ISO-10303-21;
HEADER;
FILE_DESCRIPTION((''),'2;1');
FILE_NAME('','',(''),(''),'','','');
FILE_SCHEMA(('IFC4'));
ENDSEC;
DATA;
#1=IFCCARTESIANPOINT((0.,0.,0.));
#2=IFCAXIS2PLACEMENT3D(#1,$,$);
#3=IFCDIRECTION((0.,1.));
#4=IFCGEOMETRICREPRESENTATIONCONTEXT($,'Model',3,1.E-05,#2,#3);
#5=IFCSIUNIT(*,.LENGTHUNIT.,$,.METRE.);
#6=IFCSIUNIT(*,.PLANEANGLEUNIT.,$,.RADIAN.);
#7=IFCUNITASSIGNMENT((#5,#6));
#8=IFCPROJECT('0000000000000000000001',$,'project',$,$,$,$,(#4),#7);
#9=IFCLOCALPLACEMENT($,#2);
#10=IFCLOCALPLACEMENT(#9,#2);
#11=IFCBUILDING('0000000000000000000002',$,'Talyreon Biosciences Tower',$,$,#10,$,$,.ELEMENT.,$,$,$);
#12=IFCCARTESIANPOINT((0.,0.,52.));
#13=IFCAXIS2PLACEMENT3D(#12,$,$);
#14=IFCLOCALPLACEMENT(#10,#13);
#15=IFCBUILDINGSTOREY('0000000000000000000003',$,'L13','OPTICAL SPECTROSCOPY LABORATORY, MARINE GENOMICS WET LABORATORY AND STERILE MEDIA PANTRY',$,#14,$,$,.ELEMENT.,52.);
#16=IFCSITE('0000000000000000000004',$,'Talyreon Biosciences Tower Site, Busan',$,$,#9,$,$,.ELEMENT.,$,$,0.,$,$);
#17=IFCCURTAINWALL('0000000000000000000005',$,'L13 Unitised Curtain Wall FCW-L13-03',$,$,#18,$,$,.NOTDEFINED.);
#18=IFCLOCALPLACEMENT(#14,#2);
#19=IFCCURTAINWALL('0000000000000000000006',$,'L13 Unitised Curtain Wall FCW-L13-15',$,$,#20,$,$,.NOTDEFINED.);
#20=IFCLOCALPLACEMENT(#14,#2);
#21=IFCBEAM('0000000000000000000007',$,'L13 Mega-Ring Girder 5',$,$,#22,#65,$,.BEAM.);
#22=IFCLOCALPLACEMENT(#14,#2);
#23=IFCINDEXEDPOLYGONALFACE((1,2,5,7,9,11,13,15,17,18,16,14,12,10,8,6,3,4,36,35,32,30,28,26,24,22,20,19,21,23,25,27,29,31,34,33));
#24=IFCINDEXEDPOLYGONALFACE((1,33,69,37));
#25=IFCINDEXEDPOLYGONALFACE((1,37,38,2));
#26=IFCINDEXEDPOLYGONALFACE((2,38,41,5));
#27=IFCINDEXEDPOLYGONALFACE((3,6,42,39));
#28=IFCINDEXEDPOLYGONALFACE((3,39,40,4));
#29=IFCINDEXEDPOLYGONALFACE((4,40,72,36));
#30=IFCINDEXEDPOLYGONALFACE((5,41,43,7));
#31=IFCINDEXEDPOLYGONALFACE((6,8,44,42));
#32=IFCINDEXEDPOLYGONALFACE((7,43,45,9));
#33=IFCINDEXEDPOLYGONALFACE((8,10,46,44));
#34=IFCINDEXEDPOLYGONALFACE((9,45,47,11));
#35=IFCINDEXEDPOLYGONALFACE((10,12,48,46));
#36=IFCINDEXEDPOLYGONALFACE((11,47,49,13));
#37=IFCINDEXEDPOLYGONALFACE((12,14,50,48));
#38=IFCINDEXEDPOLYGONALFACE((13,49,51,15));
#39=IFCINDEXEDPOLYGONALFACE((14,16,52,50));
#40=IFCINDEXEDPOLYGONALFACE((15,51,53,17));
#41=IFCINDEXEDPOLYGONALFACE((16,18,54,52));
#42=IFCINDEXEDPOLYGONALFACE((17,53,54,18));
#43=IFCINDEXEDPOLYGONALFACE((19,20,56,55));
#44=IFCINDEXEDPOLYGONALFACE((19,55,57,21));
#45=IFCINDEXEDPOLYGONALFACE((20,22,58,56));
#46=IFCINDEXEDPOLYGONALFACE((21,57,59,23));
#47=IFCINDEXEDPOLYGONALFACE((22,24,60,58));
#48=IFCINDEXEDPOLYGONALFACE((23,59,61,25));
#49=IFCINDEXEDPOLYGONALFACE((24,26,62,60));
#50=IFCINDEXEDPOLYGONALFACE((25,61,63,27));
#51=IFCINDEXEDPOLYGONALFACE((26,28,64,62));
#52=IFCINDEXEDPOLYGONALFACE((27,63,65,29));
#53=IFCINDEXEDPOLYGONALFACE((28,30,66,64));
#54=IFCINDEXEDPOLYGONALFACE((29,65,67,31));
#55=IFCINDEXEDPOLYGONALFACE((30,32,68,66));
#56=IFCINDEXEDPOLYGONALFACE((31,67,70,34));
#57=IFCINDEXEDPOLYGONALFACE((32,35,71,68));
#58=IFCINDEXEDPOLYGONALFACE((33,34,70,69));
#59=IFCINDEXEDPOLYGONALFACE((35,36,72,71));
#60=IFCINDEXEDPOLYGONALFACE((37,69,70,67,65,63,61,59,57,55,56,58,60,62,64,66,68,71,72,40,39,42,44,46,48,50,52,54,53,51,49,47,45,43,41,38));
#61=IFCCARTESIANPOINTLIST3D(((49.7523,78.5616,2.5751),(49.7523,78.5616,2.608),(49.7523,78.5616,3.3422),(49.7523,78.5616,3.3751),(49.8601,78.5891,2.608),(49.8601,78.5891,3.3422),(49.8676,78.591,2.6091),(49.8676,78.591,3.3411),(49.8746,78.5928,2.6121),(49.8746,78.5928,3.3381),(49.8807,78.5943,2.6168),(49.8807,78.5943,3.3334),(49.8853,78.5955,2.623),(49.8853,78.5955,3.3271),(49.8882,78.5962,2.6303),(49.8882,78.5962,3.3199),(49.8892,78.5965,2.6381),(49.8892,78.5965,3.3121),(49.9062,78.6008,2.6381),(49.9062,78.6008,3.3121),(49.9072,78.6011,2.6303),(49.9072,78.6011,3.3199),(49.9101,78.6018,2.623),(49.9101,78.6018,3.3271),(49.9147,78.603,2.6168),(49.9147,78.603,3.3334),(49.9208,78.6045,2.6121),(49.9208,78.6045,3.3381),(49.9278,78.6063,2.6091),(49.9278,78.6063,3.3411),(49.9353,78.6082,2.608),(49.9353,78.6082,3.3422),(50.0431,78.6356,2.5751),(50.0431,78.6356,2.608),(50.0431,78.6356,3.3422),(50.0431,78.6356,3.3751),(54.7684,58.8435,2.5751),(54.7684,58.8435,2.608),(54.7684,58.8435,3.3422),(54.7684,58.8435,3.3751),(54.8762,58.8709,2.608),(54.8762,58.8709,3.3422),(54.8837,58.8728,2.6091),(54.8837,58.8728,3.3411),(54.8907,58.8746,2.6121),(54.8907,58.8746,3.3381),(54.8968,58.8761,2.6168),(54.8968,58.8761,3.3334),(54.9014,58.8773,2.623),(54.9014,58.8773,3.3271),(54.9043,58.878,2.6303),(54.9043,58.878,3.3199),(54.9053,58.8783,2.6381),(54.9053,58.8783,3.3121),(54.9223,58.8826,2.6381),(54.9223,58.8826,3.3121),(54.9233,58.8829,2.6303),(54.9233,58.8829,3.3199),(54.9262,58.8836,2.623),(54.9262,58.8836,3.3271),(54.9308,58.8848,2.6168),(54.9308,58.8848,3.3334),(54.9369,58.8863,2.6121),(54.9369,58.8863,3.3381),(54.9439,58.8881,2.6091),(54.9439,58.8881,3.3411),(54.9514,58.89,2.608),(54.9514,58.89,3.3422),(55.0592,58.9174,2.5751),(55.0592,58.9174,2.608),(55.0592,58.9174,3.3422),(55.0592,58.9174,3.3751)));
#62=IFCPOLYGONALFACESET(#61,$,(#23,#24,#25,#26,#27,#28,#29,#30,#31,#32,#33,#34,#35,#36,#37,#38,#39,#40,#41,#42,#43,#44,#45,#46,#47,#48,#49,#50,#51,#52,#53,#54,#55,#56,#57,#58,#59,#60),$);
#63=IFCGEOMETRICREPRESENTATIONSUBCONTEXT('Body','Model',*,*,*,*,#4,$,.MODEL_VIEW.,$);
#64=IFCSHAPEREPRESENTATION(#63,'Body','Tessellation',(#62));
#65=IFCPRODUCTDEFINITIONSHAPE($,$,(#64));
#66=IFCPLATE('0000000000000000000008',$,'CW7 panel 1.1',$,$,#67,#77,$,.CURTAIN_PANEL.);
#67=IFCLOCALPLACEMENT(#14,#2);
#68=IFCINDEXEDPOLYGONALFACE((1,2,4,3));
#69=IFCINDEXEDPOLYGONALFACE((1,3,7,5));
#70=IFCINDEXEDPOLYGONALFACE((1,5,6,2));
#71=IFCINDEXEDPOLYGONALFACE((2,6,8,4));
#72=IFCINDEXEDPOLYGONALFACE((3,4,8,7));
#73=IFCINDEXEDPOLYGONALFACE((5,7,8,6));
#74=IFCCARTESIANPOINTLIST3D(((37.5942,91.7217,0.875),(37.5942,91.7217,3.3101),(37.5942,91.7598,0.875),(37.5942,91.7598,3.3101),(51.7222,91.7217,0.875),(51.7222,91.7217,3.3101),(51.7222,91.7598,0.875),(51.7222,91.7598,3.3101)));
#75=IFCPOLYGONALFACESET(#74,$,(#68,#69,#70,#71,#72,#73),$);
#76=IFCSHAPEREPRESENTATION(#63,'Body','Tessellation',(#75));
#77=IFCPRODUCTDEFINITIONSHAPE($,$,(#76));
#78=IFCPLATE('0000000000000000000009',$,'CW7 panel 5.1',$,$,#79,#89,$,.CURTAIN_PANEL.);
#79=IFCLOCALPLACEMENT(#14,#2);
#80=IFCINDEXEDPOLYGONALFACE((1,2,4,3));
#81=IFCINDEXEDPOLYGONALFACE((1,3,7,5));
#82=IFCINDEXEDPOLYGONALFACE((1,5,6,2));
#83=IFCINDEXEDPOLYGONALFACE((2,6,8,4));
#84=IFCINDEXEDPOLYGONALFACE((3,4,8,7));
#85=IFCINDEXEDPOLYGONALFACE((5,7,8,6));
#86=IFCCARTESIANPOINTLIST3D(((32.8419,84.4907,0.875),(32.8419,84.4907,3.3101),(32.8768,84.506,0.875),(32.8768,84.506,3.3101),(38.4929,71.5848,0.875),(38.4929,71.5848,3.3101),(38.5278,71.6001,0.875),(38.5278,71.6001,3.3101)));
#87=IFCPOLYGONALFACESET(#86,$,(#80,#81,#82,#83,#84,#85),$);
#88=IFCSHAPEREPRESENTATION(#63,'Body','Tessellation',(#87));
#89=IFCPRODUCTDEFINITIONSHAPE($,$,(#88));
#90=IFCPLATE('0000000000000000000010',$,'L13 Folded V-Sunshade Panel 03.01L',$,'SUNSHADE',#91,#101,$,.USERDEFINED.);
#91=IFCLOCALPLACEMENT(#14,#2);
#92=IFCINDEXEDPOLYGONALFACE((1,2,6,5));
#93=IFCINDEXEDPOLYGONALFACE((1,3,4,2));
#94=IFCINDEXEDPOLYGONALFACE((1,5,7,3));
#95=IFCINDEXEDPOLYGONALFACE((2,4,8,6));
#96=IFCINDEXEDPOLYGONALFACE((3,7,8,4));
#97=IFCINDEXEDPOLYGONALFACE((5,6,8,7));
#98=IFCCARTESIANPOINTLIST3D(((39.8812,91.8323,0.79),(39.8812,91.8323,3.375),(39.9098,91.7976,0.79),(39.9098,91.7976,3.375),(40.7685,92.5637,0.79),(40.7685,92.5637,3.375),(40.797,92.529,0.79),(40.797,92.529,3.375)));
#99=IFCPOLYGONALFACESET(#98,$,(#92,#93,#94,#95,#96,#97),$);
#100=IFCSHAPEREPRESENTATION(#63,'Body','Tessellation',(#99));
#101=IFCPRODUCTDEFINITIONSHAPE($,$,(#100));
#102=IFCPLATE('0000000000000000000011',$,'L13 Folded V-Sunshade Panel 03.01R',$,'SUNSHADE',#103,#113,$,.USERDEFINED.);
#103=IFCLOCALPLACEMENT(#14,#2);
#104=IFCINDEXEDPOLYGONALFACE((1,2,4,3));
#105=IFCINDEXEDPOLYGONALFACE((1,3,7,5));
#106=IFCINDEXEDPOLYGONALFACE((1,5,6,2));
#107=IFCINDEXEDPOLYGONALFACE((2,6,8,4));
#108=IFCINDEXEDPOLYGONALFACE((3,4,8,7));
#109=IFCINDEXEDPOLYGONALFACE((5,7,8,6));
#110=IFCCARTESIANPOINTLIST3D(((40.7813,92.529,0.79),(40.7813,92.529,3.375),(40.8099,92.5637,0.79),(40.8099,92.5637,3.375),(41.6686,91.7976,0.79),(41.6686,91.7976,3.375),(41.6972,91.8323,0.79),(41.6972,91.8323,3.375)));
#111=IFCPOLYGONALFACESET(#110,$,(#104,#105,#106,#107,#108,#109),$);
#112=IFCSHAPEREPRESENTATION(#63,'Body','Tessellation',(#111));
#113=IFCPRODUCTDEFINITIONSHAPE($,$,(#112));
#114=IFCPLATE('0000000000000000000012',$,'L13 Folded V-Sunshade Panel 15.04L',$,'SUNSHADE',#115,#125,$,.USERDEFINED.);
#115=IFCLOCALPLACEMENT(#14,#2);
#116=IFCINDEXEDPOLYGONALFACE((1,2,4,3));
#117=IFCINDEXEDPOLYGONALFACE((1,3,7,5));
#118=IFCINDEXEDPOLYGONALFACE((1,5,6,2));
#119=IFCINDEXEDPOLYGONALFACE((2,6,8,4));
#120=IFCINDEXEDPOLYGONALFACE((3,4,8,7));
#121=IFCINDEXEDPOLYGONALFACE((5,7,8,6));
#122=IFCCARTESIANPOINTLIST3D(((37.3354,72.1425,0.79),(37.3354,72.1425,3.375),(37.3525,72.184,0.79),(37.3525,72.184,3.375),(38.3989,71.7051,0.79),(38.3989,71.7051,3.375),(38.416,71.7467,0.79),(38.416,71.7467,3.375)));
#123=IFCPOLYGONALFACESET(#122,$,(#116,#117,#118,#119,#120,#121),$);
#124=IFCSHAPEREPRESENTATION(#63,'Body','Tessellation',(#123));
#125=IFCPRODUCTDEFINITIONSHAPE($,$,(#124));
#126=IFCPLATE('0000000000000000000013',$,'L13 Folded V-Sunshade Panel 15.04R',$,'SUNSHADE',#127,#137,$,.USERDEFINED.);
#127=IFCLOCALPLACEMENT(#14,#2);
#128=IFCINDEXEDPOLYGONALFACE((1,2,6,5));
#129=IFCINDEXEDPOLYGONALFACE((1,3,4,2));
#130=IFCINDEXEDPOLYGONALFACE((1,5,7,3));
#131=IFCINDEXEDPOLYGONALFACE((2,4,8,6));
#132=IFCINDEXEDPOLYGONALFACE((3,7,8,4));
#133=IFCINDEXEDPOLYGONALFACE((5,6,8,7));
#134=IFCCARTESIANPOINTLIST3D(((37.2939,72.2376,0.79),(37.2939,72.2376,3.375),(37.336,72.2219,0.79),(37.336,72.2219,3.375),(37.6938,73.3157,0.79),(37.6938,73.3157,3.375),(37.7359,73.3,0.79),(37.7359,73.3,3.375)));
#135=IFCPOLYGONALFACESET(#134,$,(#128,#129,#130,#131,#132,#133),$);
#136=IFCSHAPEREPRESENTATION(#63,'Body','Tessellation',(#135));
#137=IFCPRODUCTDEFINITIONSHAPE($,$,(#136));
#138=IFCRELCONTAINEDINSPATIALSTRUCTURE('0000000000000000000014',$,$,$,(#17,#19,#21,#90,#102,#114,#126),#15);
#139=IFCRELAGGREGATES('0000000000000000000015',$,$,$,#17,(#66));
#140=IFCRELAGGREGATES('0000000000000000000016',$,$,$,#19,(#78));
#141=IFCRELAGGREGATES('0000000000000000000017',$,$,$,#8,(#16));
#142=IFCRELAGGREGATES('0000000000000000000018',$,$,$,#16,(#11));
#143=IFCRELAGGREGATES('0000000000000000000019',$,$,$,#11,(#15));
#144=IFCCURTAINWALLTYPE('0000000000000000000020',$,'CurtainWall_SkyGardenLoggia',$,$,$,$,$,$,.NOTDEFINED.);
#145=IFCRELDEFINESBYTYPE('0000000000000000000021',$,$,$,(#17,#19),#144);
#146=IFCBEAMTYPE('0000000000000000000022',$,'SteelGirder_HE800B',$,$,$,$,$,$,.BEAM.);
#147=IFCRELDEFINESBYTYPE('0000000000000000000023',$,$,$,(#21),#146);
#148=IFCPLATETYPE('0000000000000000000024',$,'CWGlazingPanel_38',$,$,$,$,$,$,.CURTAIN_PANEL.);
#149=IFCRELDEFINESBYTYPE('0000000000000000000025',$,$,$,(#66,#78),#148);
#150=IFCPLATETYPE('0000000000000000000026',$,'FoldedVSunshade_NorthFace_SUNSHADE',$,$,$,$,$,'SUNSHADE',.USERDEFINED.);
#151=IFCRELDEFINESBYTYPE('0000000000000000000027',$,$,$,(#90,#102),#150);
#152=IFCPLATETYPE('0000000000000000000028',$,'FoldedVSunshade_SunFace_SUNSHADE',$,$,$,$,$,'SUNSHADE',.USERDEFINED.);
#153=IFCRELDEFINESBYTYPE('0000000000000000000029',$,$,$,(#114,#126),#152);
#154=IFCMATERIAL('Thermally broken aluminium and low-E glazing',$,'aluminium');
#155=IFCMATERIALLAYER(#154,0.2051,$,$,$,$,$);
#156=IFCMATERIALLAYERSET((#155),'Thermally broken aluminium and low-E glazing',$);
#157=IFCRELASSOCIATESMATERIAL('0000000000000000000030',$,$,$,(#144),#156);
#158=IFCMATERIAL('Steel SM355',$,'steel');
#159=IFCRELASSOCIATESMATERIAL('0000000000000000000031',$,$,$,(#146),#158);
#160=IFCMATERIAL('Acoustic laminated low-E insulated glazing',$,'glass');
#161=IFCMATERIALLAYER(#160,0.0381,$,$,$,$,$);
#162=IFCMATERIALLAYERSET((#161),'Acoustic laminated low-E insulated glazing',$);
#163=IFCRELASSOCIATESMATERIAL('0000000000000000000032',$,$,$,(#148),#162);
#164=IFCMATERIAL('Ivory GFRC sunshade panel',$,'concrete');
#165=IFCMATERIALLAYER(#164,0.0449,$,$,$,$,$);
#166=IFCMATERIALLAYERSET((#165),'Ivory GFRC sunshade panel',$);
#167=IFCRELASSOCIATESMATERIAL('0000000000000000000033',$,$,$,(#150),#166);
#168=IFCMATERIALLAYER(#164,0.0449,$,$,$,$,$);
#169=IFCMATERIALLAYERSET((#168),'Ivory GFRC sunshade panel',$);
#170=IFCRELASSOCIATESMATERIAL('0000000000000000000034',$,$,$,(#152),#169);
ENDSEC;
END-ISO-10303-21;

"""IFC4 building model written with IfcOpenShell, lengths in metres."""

from ifc_helpers import new_model, si_unit, direction, frame, origin, origin_2d, place, context, subcontext, project, spatial, rectangle, i_section, extrude, material, layer, layer_set, material_profile, profile_set, type_object, element, aggregate, save


model = new_model("IFC4")

# Units and contexts
model_context = context("Model", 3, precision=1e-05, world=origin(), true_north=direction((0.0, 1.0)))
body_context = subcontext(model_context, "Body", "Model", "MODEL_VIEW")
ifc_project = project(units=[si_unit("LENGTHUNIT", "METRE"), si_unit("PLANEANGLEUNIT", "RADIAN")], contexts=[model_context])

# Site, building, storey
site_placement = place(None, origin())
site = spatial("IfcSite", under=ifc_project, at=site_placement, Name="Talyreon Biosciences Tower Site, Busan", CompositionType="ELEMENT", RefElevation=0.0)
building_placement = place(site_placement, origin())
building = spatial("IfcBuilding", under=site, at=building_placement, Name="Talyreon Biosciences Tower", CompositionType="ELEMENT")
storey_placement = place(building_placement, frame((0.0, 0.0, 52.0)))
storey = spatial("IfcBuildingStorey", under=building, at=storey_placement, Name="L13", Description="OPTICAL SPECTROSCOPY LABORATORY, MARINE GENOMICS WET LABORATORY AND STERILE MEDIA PANTRY", CompositionType="ELEMENT", Elevation=52.0)

# Curtain wall
ifc_material_1 = material(Name="Thermally broken aluminium and low-E glazing", Category="aluminium")
ifc_layer_1 = layer(ifc_material_1, 0.2051)
ifc_layer_set_1 = layer_set([ifc_layer_1], Name="Thermally broken aluminium and low-E glazing")
curtain_wall_type = type_object("IfcCurtainWallType", Name="CurtainWall_SkyGardenLoggia", PredefinedType="NOTDEFINED", material=ifc_layer_set_1)
curtain_wall_1_placement = place(storey_placement, origin())
curtain_wall_1 = element("IfcCurtainWall", 1, at=curtain_wall_1_placement, inside=storey, type_object=curtain_wall_type, Name="L13 Unitised Curtain Wall FCW-L13-03", PredefinedType="NOTDEFINED")

# Curtain wall
curtain_wall_2_placement = place(storey_placement, origin())
curtain_wall_2 = element("IfcCurtainWall", 2, at=curtain_wall_2_placement, inside=storey, type_object=curtain_wall_type, Name="L13 Unitised Curtain Wall FCW-L13-15", PredefinedType="NOTDEFINED")

# Beam
ifc_material_2 = material(Name="Steel SM355", Category="steel")
ifc_material_profile_1 = material_profile(ifc_material_2, i_section(OverallWidth=0.3, OverallDepth=0.8, WebThickness=0.0176, FlangeThickness=0.033, FilletRadius=0.03, at=origin_2d()), Name="HE800B")
ifc_profile_set_1 = profile_set([ifc_material_profile_1], Name="Steel SM355")
beam_type_1 = type_object("IfcBeamType", Name="SteelGirder_HE800B", PredefinedType="BEAM", material=ifc_profile_set_1)
beam_1_placement = place(storey_placement, frame((49.8977, 78.5986, 2.9751), z_axis=(0.246537, -0.969133, 0.0), x_axis=(0.969133, 0.246537, 0.0)))
element("IfcBeam", 3, at=beam_1_placement, inside=storey, type_object=beam_type_1, Name="L13 Mega-Ring Girder 5", PredefinedType="BEAM", context=body_context, shape_type="SweptSolid", body=[
    extrude(i_section(OverallWidth=0.3, OverallDepth=0.8, WebThickness=0.0176, FlangeThickness=0.033, FilletRadius=0.03, at=origin_2d()), origin(), (0.0, 0.0, 1.0), 20.3462),
])

# Plates
ifc_material_3 = material(Name="Acoustic laminated low-E insulated glazing", Category="glass")
ifc_layer_2 = layer(ifc_material_3, 0.0381)
ifc_layer_set_2 = layer_set([ifc_layer_2], Name="Acoustic laminated low-E insulated glazing")
plate_type_1 = type_object("IfcPlateType", Name="CWGlazingPanel_38", PredefinedType="CURTAIN_PANEL", material=ifc_layer_set_2)
plate_1_placement = place(storey_placement, frame((44.6582, 91.7407, 0.875), z_axis=(0.0, 0.0, 1.0), x_axis=(1.0, 0.0, 0.0)))
plate_1 = element("IfcPlate", 4, at=plate_1_placement, type_object=plate_type_1, Name="CW7 panel 1.1", PredefinedType="CURTAIN_PANEL", context=body_context, shape_type="SweptSolid", body=[
    extrude(rectangle(XDim=14.1279, YDim=0.0381, at=origin_2d()), origin(), (0.0, 0.0, 1.0), 2.4351),
])
aggregate(curtain_wall_1, [plate_1])
plate_2_placement = place(storey_placement, frame((35.6848, 78.0454, 0.875), z_axis=(0.0, 0.0, 1.0), x_axis=(-0.401097, 0.916035, 0.0)))
plate_2 = element("IfcPlate", 5, at=plate_2_placement, type_object=plate_type_1, Name="CW7 panel 5.1", PredefinedType="CURTAIN_PANEL", context=body_context, shape_type="SweptSolid", body=[
    extrude(rectangle(XDim=14.0889, YDim=0.0381, at=origin_2d()), origin(), (0.0, 0.0, 1.0), 2.4351),
])
aggregate(curtain_wall_2, [plate_2])

# Plates
ifc_material_4 = material(Name="Ivory GFRC sunshade panel", Category="concrete")
ifc_layer_3 = layer(ifc_material_4, 0.0449)
ifc_layer_set_3 = layer_set([ifc_layer_3], Name="Ivory GFRC sunshade panel")
plate_type_2 = type_object("IfcPlateType", Name="FoldedVSunshade_NorthFace_SUNSHADE", ElementType="SUNSHADE", PredefinedType="USERDEFINED", material=ifc_layer_set_3)
for number, where, z_axis, x_axis, name in (
    (6, (40.3391, 92.1807, 0.79), (0.0, 0.0, 1.0), (0.771625, 0.636078, 0.0), "L13 Folded V-Sunshade Panel 03.01L"),
    (7, (41.2393, 92.1807, 0.79), (0.0, 0.0, 1.0), (0.771625, -0.636078, 0.0), "L13 Folded V-Sunshade Panel 03.01R"),
):
    element("IfcPlate", number, at=place(storey_placement, frame(where, z_axis=z_axis, x_axis=x_axis)), inside=storey, type_object=plate_type_2, Name=name, ObjectType="SUNSHADE", PredefinedType="USERDEFINED", context=body_context, shape_type="SweptSolid", body=[
        extrude(rectangle(XDim=1.1499, YDim=0.0449, at=origin_2d()), origin(), (0.0, 0.0, 1.0), 2.585),
    ])
ifc_layer_4 = layer(ifc_material_4, 0.0449)
ifc_layer_set_4 = layer_set([ifc_layer_4], Name="Ivory GFRC sunshade panel")
plate_type_3 = type_object("IfcPlateType", Name="FoldedVSunshade_SunFace_SUNSHADE", ElementType="SUNSHADE", PredefinedType="USERDEFINED", material=ifc_layer_set_4)
for number, where, z_axis, x_axis, name in (
    (8, (37.8757, 71.9446, 0.79), (0.0, 0.0, 1.0), (-0.924858, 0.380312, 0.0), "L13 Folded V-Sunshade Panel 15.04L"),
    (9, (37.5149, 72.7688, 0.79), (0.0, 0.0, 1.0), (0.347803, 0.937568, 0.0), "L13 Folded V-Sunshade Panel 15.04R"),
):
    element("IfcPlate", number, at=place(storey_placement, frame(where, z_axis=z_axis, x_axis=x_axis)), inside=storey, type_object=plate_type_3, Name=name, ObjectType="SUNSHADE", PredefinedType="USERDEFINED", context=body_context, shape_type="SweptSolid", body=[
        extrude(rectangle(XDim=1.1499, YDim=0.0449, at=origin_2d()), origin(), (0.0, 0.0, 1.0), 2.585),
    ])

save(model, "model.ifc")
